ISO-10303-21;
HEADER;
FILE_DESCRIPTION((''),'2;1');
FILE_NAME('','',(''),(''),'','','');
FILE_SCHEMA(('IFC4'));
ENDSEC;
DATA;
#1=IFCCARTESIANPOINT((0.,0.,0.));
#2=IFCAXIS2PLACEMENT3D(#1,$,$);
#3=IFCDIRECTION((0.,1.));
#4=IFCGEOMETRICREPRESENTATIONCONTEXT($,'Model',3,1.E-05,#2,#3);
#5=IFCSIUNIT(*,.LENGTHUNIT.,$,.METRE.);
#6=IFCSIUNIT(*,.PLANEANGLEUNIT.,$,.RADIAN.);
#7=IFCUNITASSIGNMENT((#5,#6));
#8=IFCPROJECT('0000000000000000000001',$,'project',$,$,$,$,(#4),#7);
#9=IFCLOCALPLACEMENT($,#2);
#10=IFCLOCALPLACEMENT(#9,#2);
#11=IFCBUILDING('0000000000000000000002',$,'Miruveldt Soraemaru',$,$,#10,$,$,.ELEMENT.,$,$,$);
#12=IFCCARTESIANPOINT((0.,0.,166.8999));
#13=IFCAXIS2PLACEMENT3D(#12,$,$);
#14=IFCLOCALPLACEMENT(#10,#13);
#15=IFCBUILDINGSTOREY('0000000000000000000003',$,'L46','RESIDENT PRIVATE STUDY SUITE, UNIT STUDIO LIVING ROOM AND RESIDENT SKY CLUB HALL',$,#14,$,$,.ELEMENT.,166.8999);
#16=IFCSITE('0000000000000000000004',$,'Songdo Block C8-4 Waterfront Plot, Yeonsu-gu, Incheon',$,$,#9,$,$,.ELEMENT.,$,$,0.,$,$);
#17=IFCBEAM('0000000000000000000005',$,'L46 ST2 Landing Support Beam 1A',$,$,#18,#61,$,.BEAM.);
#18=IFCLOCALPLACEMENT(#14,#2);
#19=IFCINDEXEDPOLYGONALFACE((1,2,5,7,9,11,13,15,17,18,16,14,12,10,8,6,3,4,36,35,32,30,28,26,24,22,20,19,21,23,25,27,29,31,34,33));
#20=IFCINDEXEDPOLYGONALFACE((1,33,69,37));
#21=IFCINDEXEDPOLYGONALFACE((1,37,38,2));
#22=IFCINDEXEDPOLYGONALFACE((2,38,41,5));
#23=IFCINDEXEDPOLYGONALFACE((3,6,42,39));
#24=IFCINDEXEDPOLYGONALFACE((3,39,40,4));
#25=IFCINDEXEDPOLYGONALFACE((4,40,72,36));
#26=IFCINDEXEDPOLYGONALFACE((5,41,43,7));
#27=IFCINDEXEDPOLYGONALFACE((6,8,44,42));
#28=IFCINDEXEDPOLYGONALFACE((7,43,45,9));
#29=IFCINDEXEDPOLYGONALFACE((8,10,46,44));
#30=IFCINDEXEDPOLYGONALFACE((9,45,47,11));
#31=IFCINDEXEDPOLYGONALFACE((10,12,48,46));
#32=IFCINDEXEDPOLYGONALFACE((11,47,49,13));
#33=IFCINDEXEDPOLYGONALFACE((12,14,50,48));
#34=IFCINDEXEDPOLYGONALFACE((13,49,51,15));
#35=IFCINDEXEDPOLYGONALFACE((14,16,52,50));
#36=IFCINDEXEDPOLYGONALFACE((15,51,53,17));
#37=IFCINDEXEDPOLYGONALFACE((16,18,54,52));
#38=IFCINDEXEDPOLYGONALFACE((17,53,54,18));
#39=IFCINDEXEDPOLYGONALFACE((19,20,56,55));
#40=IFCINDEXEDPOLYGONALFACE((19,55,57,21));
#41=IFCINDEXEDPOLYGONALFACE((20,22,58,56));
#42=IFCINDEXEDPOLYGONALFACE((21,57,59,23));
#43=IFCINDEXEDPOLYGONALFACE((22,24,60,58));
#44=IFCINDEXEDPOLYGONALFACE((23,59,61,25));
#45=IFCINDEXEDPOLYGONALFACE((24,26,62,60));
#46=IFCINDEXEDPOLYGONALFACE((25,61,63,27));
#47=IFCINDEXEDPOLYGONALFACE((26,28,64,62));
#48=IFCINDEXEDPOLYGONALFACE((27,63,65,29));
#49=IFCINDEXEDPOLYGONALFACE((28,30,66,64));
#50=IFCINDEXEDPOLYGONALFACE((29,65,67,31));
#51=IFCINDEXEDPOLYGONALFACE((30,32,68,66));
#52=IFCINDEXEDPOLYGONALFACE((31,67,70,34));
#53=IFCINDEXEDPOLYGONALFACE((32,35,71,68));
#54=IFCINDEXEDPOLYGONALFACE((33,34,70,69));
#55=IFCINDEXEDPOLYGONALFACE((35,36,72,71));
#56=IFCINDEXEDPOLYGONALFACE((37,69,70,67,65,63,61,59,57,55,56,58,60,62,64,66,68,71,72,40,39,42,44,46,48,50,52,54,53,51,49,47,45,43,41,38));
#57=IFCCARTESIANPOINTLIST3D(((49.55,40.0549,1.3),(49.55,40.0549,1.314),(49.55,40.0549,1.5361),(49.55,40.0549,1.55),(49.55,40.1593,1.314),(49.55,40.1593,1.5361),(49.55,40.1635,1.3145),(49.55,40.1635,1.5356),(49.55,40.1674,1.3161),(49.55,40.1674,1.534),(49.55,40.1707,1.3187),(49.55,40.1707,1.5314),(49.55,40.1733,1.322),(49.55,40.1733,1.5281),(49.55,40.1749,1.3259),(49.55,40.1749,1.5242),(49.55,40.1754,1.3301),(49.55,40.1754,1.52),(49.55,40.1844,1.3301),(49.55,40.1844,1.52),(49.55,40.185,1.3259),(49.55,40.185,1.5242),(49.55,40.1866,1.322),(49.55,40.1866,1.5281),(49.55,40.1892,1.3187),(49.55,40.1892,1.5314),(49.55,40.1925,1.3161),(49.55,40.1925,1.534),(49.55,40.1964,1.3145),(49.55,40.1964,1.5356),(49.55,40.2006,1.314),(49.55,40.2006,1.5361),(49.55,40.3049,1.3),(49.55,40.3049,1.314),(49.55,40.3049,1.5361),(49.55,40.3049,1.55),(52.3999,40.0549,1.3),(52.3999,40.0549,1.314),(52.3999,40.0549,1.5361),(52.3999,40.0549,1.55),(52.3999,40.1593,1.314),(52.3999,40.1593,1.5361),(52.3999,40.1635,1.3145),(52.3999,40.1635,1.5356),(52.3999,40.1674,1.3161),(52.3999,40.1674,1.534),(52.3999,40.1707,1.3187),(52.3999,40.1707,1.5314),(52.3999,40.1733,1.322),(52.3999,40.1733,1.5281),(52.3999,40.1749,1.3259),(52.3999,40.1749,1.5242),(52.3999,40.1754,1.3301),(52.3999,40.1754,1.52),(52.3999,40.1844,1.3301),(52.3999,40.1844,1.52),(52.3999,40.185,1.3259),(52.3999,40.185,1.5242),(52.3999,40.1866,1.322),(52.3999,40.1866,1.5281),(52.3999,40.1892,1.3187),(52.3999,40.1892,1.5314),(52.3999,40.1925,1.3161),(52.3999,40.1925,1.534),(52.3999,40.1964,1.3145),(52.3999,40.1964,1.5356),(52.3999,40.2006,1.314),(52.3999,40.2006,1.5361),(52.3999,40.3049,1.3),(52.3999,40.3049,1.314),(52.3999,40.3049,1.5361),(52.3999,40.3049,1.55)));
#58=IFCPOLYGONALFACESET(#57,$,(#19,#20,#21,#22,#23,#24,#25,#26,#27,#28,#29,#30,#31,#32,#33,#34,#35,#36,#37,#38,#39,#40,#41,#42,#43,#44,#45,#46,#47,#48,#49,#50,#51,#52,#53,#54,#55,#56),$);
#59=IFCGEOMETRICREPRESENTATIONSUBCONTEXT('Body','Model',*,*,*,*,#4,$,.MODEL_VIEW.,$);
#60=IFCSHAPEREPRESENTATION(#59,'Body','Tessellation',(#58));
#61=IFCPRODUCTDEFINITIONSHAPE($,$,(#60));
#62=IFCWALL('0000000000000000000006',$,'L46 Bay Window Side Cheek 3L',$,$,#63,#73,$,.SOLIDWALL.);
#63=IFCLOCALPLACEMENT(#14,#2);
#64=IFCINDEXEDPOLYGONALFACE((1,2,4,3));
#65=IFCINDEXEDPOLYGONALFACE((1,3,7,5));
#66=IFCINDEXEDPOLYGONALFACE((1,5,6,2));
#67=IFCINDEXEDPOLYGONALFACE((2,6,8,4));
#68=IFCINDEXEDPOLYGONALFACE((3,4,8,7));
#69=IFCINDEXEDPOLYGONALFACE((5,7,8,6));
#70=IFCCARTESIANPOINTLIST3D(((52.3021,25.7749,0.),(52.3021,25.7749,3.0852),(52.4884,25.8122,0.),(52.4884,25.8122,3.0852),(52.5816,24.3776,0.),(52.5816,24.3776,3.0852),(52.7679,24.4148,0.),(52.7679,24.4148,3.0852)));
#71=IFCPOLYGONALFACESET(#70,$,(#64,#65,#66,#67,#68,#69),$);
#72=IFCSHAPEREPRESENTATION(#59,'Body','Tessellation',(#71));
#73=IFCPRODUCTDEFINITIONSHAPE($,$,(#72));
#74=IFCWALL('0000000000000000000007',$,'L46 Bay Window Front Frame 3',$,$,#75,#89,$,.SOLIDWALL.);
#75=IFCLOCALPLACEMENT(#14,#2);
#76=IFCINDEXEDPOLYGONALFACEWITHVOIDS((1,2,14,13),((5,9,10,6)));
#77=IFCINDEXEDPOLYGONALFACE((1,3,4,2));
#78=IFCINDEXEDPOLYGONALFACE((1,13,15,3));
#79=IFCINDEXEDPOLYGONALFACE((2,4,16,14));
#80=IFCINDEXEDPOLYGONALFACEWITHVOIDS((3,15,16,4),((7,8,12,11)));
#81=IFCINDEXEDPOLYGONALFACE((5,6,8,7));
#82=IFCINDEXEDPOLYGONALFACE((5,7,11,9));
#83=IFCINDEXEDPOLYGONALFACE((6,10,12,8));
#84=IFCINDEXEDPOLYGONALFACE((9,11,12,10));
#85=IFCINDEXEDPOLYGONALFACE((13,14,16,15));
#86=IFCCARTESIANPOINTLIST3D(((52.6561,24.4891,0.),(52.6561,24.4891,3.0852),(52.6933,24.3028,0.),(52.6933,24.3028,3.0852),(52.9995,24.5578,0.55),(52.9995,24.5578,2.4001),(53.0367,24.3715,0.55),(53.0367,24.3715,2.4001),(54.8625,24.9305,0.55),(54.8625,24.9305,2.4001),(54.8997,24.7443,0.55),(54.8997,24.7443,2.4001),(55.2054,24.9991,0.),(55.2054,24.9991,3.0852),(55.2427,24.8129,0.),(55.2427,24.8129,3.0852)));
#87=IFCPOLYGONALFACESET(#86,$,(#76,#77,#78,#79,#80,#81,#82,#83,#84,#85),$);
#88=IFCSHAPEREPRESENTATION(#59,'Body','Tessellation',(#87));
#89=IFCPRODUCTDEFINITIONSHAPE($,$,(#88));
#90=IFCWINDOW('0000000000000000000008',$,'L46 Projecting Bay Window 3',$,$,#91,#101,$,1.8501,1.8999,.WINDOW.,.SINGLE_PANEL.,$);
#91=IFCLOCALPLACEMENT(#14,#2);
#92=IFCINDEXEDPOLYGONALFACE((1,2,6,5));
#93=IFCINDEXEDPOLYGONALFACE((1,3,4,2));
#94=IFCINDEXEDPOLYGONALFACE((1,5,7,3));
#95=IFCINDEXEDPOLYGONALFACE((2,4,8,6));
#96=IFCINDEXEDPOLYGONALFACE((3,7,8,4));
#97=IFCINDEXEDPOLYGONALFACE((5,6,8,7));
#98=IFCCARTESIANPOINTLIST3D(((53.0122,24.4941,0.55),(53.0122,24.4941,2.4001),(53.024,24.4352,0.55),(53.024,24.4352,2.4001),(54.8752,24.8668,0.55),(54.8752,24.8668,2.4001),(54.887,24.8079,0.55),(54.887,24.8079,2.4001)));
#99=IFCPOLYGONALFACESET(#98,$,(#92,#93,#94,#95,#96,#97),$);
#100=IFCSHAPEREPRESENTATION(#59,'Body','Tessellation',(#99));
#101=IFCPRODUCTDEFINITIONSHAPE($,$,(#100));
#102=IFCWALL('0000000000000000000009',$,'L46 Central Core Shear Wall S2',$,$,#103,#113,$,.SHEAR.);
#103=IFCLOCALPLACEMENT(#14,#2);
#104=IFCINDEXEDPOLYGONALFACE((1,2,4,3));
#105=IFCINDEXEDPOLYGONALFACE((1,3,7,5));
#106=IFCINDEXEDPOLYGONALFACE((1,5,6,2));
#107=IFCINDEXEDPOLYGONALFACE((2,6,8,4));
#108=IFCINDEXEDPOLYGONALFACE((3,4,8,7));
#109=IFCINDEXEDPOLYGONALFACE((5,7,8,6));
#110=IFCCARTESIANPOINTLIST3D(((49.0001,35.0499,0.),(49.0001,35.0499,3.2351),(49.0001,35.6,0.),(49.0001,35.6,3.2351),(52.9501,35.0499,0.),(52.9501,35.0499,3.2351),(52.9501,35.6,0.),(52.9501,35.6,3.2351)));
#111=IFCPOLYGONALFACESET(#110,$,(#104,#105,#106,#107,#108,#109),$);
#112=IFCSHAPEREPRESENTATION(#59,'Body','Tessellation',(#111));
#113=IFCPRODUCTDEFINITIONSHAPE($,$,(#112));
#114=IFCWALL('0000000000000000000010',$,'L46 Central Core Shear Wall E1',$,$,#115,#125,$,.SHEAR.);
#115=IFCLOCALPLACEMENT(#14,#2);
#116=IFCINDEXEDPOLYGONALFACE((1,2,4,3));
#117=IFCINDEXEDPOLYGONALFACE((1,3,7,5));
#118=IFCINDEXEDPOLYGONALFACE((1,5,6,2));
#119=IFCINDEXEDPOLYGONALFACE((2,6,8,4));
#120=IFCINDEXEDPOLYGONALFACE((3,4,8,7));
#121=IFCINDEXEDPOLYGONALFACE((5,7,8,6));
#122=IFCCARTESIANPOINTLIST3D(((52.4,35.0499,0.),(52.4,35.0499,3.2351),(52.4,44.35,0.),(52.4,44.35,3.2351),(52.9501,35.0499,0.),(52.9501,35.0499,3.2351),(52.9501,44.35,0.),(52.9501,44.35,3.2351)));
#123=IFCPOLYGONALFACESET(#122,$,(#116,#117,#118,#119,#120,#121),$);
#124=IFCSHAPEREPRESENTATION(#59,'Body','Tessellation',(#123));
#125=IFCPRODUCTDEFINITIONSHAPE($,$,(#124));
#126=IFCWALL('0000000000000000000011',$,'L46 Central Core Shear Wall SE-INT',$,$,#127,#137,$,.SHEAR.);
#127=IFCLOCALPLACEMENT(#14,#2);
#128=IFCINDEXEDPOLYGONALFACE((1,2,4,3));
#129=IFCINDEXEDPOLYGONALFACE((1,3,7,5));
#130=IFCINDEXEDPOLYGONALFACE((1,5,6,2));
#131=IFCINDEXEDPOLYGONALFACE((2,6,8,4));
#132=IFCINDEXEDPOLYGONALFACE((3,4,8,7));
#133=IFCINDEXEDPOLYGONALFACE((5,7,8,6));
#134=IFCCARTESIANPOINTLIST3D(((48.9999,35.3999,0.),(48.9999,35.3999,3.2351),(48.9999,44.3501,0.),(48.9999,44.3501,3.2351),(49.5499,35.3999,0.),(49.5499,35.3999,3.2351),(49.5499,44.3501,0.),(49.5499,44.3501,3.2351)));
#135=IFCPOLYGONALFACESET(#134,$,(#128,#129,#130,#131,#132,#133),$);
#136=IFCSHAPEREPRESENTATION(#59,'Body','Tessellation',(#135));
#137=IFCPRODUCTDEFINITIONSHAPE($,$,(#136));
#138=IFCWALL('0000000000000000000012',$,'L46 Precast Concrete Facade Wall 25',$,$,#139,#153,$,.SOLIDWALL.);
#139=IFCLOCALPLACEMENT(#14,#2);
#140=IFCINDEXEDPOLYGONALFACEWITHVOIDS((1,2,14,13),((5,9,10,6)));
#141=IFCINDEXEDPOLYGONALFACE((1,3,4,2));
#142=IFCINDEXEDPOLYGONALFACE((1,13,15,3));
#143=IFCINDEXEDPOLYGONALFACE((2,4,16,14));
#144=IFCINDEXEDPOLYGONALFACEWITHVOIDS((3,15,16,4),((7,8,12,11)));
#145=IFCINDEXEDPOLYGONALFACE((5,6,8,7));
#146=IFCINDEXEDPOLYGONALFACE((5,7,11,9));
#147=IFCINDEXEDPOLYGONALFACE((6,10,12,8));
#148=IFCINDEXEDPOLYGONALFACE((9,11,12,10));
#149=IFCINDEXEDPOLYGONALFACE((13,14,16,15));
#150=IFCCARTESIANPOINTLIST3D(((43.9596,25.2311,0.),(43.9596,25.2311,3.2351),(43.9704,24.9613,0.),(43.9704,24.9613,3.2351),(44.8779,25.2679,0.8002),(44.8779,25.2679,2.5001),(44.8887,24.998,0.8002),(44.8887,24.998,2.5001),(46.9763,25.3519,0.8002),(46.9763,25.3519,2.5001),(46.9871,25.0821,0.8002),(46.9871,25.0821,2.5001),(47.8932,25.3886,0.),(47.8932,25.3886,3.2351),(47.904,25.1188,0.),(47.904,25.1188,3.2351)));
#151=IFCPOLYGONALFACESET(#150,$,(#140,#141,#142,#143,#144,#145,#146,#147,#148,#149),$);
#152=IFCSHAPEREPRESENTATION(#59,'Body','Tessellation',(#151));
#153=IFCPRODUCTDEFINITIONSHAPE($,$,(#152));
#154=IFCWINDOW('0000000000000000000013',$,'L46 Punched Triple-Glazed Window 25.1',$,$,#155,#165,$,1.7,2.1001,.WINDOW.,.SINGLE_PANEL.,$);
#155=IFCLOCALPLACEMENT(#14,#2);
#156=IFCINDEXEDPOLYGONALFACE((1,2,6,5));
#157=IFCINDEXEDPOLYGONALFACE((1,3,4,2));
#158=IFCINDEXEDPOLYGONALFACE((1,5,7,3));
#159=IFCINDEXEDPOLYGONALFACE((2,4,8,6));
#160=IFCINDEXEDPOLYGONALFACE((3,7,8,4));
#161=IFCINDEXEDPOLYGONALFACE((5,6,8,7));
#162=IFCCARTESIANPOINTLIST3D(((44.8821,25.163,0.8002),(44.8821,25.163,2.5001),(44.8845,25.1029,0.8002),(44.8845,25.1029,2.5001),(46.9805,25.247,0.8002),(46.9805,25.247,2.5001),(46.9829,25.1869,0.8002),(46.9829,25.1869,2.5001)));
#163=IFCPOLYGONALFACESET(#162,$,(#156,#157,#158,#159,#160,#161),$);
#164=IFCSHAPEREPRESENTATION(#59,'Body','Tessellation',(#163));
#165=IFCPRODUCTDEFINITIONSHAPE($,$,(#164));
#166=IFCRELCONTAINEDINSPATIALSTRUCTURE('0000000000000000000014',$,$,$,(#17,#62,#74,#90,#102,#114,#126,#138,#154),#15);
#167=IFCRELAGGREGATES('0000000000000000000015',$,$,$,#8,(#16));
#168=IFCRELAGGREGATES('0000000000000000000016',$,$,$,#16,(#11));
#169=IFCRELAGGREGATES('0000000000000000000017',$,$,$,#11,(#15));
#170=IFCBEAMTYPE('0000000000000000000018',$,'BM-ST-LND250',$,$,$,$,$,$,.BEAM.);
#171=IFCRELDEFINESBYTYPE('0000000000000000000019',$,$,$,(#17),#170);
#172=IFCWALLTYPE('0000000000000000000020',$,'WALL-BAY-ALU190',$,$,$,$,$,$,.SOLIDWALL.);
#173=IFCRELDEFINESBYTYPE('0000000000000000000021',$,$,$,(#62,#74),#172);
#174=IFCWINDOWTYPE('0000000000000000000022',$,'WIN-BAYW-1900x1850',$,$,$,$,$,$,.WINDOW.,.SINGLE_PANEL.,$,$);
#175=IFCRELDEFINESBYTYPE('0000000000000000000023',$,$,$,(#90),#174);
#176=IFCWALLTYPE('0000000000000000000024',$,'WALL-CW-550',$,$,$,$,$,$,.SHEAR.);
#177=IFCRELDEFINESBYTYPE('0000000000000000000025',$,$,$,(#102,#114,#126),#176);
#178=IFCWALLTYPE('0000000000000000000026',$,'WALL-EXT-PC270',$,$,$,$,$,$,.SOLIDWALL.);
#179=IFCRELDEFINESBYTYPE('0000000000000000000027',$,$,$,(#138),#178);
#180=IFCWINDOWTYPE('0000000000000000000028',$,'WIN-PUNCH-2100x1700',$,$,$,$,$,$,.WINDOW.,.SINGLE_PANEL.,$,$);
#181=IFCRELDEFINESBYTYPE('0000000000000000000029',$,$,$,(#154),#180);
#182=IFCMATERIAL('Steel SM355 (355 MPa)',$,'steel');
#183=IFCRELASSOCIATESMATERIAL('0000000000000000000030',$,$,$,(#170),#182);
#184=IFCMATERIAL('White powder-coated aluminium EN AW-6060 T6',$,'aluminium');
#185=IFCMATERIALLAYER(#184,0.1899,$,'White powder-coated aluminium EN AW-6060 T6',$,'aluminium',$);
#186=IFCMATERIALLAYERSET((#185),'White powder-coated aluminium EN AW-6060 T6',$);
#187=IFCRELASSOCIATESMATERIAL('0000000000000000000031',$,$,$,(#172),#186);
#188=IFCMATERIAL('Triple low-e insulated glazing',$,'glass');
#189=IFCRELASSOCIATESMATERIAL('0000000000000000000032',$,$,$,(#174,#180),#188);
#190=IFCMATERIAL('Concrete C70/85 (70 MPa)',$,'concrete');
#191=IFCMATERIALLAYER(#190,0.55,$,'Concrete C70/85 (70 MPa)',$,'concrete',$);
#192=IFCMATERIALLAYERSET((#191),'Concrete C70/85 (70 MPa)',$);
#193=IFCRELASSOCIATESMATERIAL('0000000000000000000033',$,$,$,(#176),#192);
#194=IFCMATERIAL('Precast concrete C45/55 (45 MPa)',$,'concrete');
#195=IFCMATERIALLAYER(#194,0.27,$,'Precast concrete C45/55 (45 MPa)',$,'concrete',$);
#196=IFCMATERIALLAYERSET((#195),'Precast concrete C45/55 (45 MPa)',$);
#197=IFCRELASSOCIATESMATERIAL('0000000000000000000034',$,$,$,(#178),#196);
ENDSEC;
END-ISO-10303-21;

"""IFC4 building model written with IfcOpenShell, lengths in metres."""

from ifc_helpers import new_model, si_unit, direction, frame, frame_2d, origin, origin_2d, place, context, subcontext, project, spatial, rectangle, i_section, extrude, material, layer, layer_set, material_profile, profile_set, type_object, element, fill, save


model = new_model("IFC4")

# Units and contexts
model_context = context("Model", 3, precision=1e-05, world=origin(), true_north=direction((0.0, 1.0)))
body_context = subcontext(model_context, "Body", "Model", "MODEL_VIEW")
ifc_project = project(units=[si_unit("LENGTHUNIT", "METRE"), si_unit("PLANEANGLEUNIT", "RADIAN")], contexts=[model_context])

# Site, building, storey
site_placement = place(None, origin())
site = spatial("IfcSite", under=ifc_project, at=site_placement, Name="Songdo Block C8-4 Waterfront Plot, Yeonsu-gu, Incheon", CompositionType="ELEMENT", RefElevation=0.0)
building_placement = place(site_placement, origin())
building = spatial("IfcBuilding", under=site, at=building_placement, Name="Miruveldt Soraemaru", CompositionType="ELEMENT")
storey_placement = place(building_placement, frame((0.0, 0.0, 166.8999)))
storey = spatial("IfcBuildingStorey", under=building, at=storey_placement, Name="L46", Description="RESIDENT PRIVATE STUDY SUITE, UNIT STUDIO LIVING ROOM AND RESIDENT SKY CLUB HALL", CompositionType="ELEMENT", Elevation=166.8999)

# Shared definitions
ifc_material_1 = material(Name="Concrete C70/85 (70 MPa)", Category="concrete")

# Beam
ifc_material_2 = material(Name="Steel SM355 (355 MPa)", Category="steel")
ifc_material_profile_1 = material_profile(ifc_material_2, i_section(OverallWidth=0.25, OverallDepth=0.25, WebThickness=0.009, FlangeThickness=0.0139, FilletRadius=0.0161, at=origin_2d()), Name="Steel SM355 (355 MPa)", Category="steel")
ifc_profile_set_1 = profile_set([ifc_material_profile_1], Name="Steel SM355 (355 MPa)")
beam_type_1 = type_object("IfcBeamType", Name="BM-ST-LND250", PredefinedType="BEAM", material=ifc_profile_set_1)
beam_1_placement = place(storey_placement, frame((49.55, 40.1799, 1.425), z_axis=(1.0, 0.0, 0.0), x_axis=(0.0, 1.0, 0.0)))
element("IfcBeam", 1, at=beam_1_placement, inside=storey, type_object=beam_type_1, Name="L46 ST2 Landing Support Beam 1A", PredefinedType="BEAM", context=body_context, shape_type="SweptSolid", body=[
    extrude(i_section(OverallWidth=0.25, OverallDepth=0.25, WebThickness=0.009, FlangeThickness=0.0139, FilletRadius=0.0161, at=origin_2d()), origin(), (0.0, 0.0, 1.0), 2.8499),
])

# Wall
ifc_material_3 = material(Name="White powder-coated aluminium EN AW-6060 T6", Category="aluminium")
ifc_layer_1 = layer(ifc_material_3, 0.1899, Name="White powder-coated aluminium EN AW-6060 T6", Category="aluminium")
ifc_layer_set_1 = layer_set([ifc_layer_1], Name="White powder-coated aluminium EN AW-6060 T6")
wall_type_1 = type_object("IfcWallType", Name="WALL-BAY-ALU190", PredefinedType="SOLIDWALL", material=ifc_layer_set_1)
wall_1_placement = place(storey_placement, frame((52.3953, 25.7935, 0.0), z_axis=(0.0, 0.0, 1.0), x_axis=(0.196149, -0.980574, 0.0)))
element("IfcWall", 2, at=wall_1_placement, inside=storey, type_object=wall_type_1, Name="L46 Bay Window Side Cheek 3L", PredefinedType="SOLIDWALL", context=body_context, shape_type="SweptSolid", body=[
    extrude(rectangle(XDim=1.425, YDim=0.1899, at=frame_2d((0.7124, 0.0))), origin(), (0.0, 0.0, 1.0), 3.0852),
])

# Wall, opening, window
wall_2_placement = place(storey_placement, frame((52.6748, 24.396, 0.0), z_axis=(0.0, 0.0, 1.0), x_axis=(0.98057, 0.19617, 0.0)))
wall_2 = element("IfcWall", 3, at=wall_2_placement, inside=storey, type_object=wall_type_1, Name="L46 Bay Window Front Frame 3", PredefinedType="SOLIDWALL", context=body_context, shape_type="SweptSolid", body=[
    extrude(rectangle(XDim=2.5999, YDim=0.1899, at=frame_2d((1.2998, 0.0))), origin(), (0.0, 0.0, 1.0), 3.0852),
])
opening_1_placement = place(wall_2_placement, frame((0.3501, 0.0, 0.55)))
opening_1 = element("IfcOpeningElement", 4, at=opening_1_placement, cuts=wall_2, PredefinedType="OPENING", context=body_context, shape_type="SweptSolid", body=[
    extrude(rectangle(XDim=1.8999, YDim=1.8501, at=frame_2d((0.95, 0.925))), frame((0.0, 0.105, 0.0), z_axis=(0.0, -1.0, 0.0), x_axis=(1.0, 0.0, 0.0)), (0.0, 0.0, 1.0), 0.21),
])
ifc_material_4 = material(Name="Triple low-e insulated glazing", Category="glass")
window_type_1 = type_object("IfcWindowType", Name="WIN-BAYW-1900x1850", PartitioningType="SINGLE_PANEL", PredefinedType="WINDOW", material=ifc_material_4)
window_1_placement = place(opening_1_placement, origin())
window_1 = element("IfcWindow", 5, at=window_1_placement, inside=storey, type_object=window_type_1, Name="L46 Projecting Bay Window 3", OverallHeight=1.8501, OverallWidth=1.8999, PartitioningType="SINGLE_PANEL", PredefinedType="WINDOW", context=body_context, shape_type="SweptSolid", body=[
    extrude(rectangle(XDim=1.8999, YDim=1.8501, at=frame_2d((0.95, 0.925))), frame((0.0, 0.03, 0.0), z_axis=(0.0, -1.0, 0.0), x_axis=(1.0, 0.0, 0.0)), (0.0, 0.0, 1.0), 0.0601),
])
fill(opening_1, window_1)

# Walls
ifc_layer_2 = layer(ifc_material_1, 0.55, Name="Concrete C70/85 (70 MPa)", Category="concrete")
ifc_layer_set_2 = layer_set([ifc_layer_2], Name="Concrete C70/85 (70 MPa)")
wall_type_2 = type_object("IfcWallType", Name="WALL-CW-550", PredefinedType="SHEAR", material=ifc_layer_set_2)
wall_3_placement = place(storey_placement, frame((49.0, 35.325, 0.0), z_axis=(0.0, 0.0, 1.0), x_axis=(1.0, 0.0, 0.0)))
element("IfcWall", 6, at=wall_3_placement, inside=storey, type_object=wall_type_2, Name="L46 Central Core Shear Wall S2", PredefinedType="SHEAR", context=body_context, shape_type="SweptSolid", body=[
    extrude(rectangle(XDim=3.95, YDim=0.55, at=frame_2d((1.9751, 0.0))), origin(), (0.0, 0.0, 1.0), 3.2351),
])
wall_4_placement = place(storey_placement, frame((52.675, 35.05, 0.0), z_axis=(0.0, 0.0, 1.0), x_axis=(0.0, 1.0, 0.0)))
element("IfcWall", 7, at=wall_4_placement, inside=storey, type_object=wall_type_2, Name="L46 Central Core Shear Wall E1", PredefinedType="SHEAR", context=body_context, shape_type="SweptSolid", body=[
    extrude(rectangle(XDim=9.3, YDim=0.55, at=frame_2d((4.6499, 0.0))), origin(), (0.0, 0.0, 1.0), 3.2351),
])
wall_5_placement = place(storey_placement, frame((49.2749, 35.3999, 0.0), z_axis=(0.0, 0.0, 1.0), x_axis=(0.0, 1.0, 0.0)))
element("IfcWall", 8, at=wall_5_placement, inside=storey, type_object=wall_type_2, Name="L46 Central Core Shear Wall SE-INT", PredefinedType="SHEAR", context=body_context, shape_type="SweptSolid", body=[
    extrude(rectangle(XDim=8.9502, YDim=0.55, at=frame_2d((4.4751, 0.0))), origin(), (0.0, 0.0, 1.0), 3.2351),
])

# Wall, opening, window
ifc_material_5 = material(Name="Precast concrete C45/55 (45 MPa)", Category="concrete")
ifc_layer_3 = layer(ifc_material_5, 0.27, Name="Precast concrete C45/55 (45 MPa)", Category="concrete")
ifc_layer_set_3 = layer_set([ifc_layer_3], Name="Precast concrete C45/55 (45 MPa)")
wall_type_3 = type_object("IfcWallType", Name="WALL-EXT-PC270", PredefinedType="SOLIDWALL", material=ifc_layer_set_3)
wall_6_placement = place(storey_placement, frame((43.9651, 25.0962, 0.0), z_axis=(0.0, 0.0, 1.0), x_axis=(0.9992, 0.04, 0.0)))
wall_6 = element("IfcWall", 9, at=wall_6_placement, inside=storey, type_object=wall_type_3, Name="L46 Precast Concrete Facade Wall 25", PredefinedType="SOLIDWALL", context=body_context, shape_type="SweptSolid", body=[
    extrude(rectangle(XDim=3.9368, YDim=0.27, at=frame_2d((1.9683, 0.0))), origin(), (0.0, 0.0, 1.0), 3.2351),
])
opening_2_placement = place(wall_6_placement, frame((0.9189, 0.0, 0.8)))
opening_2 = element("IfcOpeningElement", 10, at=opening_2_placement, cuts=wall_6, PredefinedType="OPENING", context=body_context, shape_type="SweptSolid", body=[
    extrude(rectangle(XDim=2.1001, YDim=1.7, at=frame_2d((1.05, 0.8501))), frame((0.0, 0.145, 0.0), z_axis=(0.0, -1.0, 0.0), x_axis=(1.0, 0.0, 0.0)), (0.0, 0.0, 1.0), 0.29),
])
window_type_2 = type_object("IfcWindowType", Name="WIN-PUNCH-2100x1700", PartitioningType="SINGLE_PANEL", PredefinedType="WINDOW", material=ifc_material_4)
window_2_placement = place(opening_2_placement, origin())
window_2 = element("IfcWindow", 11, at=window_2_placement, inside=storey, type_object=window_type_2, Name="L46 Punched Triple-Glazed Window 25.1", OverallHeight=1.7, OverallWidth=2.1001, PartitioningType="SINGLE_PANEL", PredefinedType="WINDOW", context=body_context, shape_type="SweptSolid", body=[
    extrude(rectangle(XDim=2.1001, YDim=1.7, at=frame_2d((1.05, 0.8501))), frame((0.0, 0.03, 0.0), z_axis=(0.0, -1.0, 0.0), x_axis=(1.0, 0.0, 0.0)), (0.0, 0.0, 1.0), 0.0601),
])
fill(opening_2, window_2)

save(model, "model.ifc")
